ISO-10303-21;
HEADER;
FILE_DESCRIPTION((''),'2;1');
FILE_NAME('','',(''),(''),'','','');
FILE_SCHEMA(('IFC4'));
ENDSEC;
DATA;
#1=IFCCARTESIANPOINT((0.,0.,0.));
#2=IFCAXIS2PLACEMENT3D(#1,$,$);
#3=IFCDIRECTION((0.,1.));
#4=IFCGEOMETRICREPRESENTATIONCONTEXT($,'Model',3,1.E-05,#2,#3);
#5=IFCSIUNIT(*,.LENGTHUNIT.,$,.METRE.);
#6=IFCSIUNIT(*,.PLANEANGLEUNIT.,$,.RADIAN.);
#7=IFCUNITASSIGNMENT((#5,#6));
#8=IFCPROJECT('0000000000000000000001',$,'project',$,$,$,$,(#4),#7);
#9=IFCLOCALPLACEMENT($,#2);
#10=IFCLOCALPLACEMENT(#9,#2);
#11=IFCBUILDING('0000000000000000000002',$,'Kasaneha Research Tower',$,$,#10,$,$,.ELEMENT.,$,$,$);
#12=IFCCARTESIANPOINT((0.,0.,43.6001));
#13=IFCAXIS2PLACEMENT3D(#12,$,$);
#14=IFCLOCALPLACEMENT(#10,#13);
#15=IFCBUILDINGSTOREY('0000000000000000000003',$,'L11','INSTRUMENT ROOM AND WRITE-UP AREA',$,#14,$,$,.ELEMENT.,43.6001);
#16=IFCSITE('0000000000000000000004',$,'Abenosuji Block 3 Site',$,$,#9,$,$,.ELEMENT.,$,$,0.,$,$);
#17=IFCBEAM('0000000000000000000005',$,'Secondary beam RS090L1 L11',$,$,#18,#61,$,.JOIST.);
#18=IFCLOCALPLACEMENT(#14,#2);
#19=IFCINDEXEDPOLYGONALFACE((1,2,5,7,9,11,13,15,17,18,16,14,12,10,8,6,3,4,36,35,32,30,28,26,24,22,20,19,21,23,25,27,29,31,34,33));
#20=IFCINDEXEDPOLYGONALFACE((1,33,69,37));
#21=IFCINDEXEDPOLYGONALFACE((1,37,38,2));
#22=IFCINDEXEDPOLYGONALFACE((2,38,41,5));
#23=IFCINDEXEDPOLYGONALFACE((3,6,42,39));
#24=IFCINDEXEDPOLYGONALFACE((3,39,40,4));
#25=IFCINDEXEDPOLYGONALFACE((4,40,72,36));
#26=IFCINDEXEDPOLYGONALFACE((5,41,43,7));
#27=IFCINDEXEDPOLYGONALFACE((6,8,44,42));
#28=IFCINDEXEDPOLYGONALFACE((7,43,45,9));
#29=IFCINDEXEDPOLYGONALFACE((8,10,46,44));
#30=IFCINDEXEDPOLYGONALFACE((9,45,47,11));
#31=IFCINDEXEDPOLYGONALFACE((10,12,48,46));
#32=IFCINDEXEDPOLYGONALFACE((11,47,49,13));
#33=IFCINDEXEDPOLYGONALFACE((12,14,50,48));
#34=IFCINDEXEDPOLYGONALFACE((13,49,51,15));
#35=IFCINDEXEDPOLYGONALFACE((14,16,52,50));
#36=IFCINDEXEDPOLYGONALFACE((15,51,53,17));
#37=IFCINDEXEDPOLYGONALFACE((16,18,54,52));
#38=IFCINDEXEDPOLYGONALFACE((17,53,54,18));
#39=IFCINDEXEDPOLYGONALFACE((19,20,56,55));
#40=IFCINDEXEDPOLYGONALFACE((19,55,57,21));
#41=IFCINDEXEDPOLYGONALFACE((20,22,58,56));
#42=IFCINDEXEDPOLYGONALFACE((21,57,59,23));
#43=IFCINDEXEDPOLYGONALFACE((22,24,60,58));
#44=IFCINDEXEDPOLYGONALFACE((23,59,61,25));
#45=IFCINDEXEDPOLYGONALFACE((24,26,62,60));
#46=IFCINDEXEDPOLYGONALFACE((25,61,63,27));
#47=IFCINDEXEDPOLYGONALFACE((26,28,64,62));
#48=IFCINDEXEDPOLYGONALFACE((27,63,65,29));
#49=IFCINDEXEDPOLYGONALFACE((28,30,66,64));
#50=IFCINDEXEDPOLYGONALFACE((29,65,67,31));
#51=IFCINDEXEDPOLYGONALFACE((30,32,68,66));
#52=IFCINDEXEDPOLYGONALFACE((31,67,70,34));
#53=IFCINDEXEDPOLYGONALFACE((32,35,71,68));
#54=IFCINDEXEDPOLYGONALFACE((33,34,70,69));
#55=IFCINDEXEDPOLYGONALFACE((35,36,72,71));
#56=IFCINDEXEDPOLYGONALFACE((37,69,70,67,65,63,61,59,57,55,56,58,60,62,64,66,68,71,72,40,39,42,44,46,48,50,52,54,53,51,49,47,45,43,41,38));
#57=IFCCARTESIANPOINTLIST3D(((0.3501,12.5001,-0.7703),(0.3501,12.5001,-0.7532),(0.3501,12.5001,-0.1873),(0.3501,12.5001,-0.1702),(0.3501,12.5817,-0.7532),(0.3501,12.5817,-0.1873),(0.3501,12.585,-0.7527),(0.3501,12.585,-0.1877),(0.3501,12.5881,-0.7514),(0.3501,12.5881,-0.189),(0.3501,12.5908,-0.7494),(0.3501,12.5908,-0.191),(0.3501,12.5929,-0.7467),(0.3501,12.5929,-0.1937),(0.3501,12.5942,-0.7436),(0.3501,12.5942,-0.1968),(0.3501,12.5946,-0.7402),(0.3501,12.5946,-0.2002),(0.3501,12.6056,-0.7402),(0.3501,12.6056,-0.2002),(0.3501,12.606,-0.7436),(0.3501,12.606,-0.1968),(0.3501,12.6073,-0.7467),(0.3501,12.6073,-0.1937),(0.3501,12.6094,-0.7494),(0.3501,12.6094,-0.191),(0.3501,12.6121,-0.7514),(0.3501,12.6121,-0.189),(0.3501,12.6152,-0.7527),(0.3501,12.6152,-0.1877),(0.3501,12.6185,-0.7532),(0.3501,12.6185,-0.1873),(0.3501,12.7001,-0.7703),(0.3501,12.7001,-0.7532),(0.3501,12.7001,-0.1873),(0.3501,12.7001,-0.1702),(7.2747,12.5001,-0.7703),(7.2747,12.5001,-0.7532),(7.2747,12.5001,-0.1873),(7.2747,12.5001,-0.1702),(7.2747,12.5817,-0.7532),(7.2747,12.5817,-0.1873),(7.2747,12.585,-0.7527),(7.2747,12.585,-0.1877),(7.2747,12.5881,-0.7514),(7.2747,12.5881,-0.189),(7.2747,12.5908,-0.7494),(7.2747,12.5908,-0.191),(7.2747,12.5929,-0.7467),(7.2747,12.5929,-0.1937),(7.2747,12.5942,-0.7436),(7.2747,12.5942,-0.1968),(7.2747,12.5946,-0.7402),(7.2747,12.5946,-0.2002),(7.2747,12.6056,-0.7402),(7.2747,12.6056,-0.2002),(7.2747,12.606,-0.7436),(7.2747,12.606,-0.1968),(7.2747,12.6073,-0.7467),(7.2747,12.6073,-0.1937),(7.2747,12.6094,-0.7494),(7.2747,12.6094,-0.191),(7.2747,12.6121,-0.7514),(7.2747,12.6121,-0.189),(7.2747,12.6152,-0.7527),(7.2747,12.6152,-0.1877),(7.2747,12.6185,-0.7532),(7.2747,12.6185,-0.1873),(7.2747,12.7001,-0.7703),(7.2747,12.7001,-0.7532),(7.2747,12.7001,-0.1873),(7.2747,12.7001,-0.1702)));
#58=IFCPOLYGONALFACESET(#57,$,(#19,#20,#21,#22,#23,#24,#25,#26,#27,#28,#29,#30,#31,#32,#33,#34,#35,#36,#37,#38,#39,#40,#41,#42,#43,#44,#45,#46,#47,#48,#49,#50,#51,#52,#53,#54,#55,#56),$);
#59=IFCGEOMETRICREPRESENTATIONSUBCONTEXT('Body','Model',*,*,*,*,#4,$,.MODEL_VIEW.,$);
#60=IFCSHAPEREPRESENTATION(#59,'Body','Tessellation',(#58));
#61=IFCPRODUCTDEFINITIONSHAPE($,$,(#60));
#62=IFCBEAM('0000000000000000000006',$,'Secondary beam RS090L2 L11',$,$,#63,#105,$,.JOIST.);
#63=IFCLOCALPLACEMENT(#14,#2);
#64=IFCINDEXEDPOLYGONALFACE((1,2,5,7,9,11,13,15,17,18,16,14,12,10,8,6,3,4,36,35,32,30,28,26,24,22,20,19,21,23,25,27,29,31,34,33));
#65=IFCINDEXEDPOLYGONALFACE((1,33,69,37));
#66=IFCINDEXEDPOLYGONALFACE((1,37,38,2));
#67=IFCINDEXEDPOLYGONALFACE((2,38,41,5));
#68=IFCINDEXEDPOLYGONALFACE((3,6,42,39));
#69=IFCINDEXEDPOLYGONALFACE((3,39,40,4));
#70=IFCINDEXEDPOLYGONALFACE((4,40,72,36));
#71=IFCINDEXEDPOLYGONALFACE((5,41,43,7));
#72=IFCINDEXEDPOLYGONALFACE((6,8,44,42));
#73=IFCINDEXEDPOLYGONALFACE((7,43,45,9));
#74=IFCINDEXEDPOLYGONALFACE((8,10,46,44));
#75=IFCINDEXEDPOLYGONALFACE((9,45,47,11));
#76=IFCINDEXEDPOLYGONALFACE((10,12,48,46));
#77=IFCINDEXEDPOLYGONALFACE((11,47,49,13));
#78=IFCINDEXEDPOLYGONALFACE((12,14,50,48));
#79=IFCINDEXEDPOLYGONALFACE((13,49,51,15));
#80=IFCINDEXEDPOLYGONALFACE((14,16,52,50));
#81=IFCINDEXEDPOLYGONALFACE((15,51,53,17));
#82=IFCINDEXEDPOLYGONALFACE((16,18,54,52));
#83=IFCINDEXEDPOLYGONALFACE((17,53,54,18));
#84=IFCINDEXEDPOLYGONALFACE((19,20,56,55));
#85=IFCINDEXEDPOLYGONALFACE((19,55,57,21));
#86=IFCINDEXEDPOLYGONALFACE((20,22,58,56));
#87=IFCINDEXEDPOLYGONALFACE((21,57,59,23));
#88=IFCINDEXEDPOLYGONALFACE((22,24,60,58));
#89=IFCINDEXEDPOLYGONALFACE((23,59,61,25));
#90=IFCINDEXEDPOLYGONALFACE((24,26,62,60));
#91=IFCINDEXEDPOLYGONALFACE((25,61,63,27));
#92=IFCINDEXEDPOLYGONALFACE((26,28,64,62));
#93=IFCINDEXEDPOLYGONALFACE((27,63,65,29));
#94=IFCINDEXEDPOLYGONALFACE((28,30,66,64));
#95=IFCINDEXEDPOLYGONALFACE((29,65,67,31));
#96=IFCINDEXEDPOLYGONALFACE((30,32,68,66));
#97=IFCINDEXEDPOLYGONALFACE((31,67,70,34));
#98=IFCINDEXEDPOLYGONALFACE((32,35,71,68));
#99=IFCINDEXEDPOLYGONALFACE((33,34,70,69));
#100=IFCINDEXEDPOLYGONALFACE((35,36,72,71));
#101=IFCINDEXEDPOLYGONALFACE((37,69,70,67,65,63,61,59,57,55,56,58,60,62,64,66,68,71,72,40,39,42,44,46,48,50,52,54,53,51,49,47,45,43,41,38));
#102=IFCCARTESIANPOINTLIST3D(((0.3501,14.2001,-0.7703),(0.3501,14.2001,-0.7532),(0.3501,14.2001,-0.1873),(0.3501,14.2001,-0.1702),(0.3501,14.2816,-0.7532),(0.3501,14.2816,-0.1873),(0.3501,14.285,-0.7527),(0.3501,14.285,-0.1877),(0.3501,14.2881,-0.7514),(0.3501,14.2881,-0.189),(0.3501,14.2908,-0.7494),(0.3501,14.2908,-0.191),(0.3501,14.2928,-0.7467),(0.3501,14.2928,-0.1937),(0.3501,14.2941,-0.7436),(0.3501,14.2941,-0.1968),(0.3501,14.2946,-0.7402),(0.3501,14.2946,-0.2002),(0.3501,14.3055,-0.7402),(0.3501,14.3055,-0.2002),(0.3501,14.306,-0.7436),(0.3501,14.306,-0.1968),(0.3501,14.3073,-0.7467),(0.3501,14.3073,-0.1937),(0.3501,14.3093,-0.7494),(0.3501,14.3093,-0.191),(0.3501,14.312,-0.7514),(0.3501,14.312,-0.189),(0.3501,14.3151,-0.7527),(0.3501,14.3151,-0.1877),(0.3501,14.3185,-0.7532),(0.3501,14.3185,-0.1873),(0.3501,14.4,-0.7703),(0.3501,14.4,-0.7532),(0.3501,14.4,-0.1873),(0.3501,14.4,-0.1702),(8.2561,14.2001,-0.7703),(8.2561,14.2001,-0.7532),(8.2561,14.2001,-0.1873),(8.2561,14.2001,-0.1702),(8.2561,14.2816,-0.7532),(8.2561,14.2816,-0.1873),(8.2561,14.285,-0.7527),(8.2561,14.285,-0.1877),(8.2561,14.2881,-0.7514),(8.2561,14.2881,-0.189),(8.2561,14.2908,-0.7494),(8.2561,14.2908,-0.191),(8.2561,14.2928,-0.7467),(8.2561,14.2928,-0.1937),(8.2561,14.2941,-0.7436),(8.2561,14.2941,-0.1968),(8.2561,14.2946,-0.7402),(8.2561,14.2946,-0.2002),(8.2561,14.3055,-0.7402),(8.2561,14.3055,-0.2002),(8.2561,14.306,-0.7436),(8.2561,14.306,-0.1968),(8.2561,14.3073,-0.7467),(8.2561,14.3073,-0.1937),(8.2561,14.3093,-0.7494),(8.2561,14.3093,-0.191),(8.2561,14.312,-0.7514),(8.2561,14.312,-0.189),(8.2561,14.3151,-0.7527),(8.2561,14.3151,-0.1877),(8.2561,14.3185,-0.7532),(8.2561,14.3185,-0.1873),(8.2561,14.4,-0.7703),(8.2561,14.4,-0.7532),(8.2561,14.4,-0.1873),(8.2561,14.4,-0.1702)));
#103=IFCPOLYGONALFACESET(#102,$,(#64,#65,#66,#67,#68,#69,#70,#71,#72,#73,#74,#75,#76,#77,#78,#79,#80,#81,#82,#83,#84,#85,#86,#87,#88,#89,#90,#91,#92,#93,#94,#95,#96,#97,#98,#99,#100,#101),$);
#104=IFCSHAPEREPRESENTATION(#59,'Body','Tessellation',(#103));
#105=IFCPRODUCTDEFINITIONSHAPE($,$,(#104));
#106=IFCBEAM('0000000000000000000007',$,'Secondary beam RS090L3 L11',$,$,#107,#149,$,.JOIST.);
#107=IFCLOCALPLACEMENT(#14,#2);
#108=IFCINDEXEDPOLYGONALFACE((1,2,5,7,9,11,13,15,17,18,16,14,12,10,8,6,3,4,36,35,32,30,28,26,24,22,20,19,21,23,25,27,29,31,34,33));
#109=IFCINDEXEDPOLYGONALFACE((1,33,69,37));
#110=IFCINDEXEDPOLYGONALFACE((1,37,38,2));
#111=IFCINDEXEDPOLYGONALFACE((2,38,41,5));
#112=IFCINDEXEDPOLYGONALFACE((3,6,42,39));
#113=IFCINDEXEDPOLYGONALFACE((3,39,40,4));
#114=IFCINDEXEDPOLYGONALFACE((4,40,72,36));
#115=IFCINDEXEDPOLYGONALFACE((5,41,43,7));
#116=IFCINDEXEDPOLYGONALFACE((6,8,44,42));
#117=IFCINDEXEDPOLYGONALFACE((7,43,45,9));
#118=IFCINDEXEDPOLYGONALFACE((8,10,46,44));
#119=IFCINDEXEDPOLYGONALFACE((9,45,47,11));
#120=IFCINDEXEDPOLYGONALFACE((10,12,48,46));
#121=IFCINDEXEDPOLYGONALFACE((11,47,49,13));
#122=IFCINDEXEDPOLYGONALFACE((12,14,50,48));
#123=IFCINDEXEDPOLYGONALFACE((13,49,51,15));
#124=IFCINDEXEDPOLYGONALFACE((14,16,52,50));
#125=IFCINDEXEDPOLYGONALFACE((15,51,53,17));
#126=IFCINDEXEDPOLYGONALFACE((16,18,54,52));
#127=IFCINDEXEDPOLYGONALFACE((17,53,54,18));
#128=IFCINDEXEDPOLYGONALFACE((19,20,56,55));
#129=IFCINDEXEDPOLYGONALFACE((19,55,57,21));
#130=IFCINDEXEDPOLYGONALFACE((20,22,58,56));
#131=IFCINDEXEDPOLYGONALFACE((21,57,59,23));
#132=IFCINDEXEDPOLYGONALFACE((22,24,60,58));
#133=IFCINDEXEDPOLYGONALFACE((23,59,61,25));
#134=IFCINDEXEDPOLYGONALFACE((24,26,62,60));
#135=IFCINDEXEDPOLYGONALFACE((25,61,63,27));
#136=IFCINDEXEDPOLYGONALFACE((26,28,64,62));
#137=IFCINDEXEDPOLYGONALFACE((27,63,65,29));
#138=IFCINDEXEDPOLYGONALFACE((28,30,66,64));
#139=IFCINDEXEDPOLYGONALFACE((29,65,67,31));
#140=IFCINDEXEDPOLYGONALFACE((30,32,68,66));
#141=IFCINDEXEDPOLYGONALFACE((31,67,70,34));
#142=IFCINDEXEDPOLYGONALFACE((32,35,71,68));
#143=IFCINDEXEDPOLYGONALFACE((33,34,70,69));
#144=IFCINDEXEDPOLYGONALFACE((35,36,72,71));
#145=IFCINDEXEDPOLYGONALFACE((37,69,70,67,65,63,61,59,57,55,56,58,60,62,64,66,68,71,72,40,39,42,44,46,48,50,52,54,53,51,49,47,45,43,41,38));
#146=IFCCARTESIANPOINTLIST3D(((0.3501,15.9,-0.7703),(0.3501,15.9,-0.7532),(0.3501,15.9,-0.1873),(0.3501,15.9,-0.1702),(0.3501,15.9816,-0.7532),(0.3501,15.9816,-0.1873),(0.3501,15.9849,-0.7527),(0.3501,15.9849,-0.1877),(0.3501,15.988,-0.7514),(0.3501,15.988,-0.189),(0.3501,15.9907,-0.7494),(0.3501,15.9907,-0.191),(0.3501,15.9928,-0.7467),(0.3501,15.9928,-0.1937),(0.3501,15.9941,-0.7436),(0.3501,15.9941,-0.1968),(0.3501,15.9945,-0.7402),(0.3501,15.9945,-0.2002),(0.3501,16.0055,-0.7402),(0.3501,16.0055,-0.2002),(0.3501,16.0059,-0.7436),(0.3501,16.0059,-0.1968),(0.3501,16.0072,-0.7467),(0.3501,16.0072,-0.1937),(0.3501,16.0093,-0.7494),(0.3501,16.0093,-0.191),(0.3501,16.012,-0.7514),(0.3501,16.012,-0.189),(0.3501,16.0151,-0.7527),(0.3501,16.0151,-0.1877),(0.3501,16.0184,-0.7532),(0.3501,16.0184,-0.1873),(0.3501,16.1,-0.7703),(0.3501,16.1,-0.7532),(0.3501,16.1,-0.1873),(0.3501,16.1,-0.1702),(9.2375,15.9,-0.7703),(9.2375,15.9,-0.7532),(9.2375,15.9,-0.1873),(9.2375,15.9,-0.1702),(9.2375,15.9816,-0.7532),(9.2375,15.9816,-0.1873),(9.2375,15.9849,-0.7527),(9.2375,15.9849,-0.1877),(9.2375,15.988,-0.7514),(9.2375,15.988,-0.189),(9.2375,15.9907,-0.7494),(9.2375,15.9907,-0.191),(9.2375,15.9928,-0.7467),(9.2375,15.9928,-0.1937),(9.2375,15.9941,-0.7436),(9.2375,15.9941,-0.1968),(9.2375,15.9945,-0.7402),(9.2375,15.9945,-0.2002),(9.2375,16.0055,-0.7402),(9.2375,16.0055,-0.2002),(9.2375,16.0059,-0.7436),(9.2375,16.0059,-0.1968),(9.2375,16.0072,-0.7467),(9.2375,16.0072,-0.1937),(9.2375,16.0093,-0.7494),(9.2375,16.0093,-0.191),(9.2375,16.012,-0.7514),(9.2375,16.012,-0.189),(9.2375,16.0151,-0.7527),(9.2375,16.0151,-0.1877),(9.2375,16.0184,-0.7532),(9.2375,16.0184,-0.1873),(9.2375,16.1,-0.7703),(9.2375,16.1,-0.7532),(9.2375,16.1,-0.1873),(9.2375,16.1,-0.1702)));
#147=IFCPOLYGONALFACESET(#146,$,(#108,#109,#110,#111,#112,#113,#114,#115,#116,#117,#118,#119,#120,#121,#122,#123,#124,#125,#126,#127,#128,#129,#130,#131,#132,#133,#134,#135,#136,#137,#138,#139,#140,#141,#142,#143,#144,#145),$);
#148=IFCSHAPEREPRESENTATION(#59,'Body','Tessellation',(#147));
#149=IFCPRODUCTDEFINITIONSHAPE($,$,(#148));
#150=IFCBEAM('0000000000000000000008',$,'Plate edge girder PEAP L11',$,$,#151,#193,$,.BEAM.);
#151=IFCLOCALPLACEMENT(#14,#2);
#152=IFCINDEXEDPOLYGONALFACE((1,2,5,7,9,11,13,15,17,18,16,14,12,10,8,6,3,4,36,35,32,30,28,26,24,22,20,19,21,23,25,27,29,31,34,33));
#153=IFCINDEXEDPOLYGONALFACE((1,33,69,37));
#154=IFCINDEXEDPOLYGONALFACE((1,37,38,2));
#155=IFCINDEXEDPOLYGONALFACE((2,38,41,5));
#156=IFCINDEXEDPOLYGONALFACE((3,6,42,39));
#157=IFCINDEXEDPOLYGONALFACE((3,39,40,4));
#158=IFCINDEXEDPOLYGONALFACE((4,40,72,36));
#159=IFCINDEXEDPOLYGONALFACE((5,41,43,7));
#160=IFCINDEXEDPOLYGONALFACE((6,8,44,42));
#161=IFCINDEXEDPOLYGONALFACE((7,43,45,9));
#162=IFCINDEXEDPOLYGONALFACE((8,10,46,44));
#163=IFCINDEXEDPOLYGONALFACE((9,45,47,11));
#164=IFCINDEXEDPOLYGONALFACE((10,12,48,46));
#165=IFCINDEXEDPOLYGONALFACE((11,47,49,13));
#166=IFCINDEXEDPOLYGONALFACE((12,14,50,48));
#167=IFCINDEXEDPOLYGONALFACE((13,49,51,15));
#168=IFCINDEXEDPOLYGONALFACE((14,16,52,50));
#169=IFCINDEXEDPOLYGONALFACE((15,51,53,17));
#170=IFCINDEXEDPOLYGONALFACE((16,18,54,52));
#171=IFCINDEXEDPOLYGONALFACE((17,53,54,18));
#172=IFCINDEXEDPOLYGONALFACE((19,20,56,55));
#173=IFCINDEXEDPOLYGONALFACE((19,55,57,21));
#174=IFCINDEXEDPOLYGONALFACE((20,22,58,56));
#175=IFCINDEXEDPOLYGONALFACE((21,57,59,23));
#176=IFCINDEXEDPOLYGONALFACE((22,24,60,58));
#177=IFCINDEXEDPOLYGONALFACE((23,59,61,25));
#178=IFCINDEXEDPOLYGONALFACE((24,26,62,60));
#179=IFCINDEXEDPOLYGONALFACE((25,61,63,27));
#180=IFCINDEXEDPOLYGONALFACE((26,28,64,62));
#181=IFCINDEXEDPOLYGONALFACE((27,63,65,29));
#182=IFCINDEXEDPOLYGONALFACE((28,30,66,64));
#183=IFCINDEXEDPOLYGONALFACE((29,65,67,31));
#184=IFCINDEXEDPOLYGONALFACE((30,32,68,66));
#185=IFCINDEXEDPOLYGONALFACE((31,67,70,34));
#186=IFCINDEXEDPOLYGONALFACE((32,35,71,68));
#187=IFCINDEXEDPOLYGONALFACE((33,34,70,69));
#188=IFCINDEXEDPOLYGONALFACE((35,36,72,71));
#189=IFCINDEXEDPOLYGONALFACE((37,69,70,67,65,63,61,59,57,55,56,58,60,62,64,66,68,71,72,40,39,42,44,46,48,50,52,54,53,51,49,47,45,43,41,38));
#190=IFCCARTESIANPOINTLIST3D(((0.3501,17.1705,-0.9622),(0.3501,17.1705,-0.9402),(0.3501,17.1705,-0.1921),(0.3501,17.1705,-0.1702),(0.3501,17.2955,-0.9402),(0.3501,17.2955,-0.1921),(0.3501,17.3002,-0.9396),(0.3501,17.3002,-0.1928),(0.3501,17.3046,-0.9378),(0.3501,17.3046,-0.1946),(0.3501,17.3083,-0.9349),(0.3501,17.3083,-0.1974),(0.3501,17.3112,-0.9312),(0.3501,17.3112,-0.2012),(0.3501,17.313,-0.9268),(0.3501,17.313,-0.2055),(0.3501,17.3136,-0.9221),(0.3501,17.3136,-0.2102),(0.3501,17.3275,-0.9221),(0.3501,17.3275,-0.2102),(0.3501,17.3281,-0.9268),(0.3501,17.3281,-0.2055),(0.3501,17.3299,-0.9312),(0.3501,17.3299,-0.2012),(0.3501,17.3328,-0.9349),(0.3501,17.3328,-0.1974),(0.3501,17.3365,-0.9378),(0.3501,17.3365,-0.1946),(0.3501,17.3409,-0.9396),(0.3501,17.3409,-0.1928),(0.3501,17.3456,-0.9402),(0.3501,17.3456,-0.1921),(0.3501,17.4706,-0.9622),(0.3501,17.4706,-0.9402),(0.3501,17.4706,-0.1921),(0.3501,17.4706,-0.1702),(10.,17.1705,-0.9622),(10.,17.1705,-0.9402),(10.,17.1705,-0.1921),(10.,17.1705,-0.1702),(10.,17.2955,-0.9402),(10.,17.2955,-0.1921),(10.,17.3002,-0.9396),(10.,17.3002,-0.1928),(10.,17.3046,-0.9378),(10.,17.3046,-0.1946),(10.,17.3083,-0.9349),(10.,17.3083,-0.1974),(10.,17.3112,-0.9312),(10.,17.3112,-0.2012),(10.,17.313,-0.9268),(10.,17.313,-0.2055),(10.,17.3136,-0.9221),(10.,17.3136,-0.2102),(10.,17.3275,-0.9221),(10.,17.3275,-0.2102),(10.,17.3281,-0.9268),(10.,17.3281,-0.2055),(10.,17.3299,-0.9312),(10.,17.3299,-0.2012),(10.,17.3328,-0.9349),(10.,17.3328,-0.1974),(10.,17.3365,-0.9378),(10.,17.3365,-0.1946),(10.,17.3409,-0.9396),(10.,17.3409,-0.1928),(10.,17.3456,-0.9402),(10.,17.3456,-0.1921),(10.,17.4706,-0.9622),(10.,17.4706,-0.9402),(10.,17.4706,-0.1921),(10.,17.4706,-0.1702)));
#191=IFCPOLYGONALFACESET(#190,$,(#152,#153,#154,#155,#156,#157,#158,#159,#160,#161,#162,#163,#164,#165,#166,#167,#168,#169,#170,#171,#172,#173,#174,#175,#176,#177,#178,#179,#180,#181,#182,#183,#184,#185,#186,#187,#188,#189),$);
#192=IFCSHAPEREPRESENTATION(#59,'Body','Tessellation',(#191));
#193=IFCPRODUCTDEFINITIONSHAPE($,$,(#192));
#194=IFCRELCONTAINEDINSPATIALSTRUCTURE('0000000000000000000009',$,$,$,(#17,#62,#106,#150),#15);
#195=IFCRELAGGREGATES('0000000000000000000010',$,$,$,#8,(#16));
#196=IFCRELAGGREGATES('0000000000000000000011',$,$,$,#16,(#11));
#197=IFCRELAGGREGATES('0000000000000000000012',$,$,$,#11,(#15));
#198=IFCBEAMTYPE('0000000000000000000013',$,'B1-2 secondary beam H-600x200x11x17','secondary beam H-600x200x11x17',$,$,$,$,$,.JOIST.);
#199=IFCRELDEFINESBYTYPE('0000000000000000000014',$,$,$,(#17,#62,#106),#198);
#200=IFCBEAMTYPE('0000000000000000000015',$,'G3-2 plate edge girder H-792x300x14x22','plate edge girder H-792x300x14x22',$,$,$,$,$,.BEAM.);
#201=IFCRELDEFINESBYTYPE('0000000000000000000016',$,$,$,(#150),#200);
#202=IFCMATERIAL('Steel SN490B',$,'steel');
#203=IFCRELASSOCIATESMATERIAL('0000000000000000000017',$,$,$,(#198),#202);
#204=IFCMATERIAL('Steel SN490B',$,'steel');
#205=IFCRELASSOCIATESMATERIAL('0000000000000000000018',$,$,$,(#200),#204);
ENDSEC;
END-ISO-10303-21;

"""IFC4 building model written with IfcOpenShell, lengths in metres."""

from ifc_helpers import new_model, si_unit, direction, frame, origin, origin_2d, place, context, subcontext, project, spatial, i_section, extrude, material, material_profile, profile_set, type_object, element, save


model = new_model("IFC4")

# Units and contexts
model_context = context("Model", 3, precision=1e-05, world=origin(), true_north=direction((0.0, 1.0)))
body_context = subcontext(model_context, "Body", "Model", "MODEL_VIEW")
ifc_project = project(units=[si_unit("LENGTHUNIT", "METRE"), si_unit("PLANEANGLEUNIT", "RADIAN")], contexts=[model_context])

# Site, building, storey
site_placement = place(None, origin())
site = spatial("IfcSite", under=ifc_project, at=site_placement, Name="Abenosuji Block 3 Site", CompositionType="ELEMENT", RefElevation=0.0)
building_placement = place(site_placement, origin())
building = spatial("IfcBuilding", under=site, at=building_placement, Name="Kasaneha Research Tower", CompositionType="ELEMENT")
storey_placement = place(building_placement, frame((0.0, 0.0, 43.6001)))
storey = spatial("IfcBuildingStorey", under=building, at=storey_placement, Name="L11", Description="INSTRUMENT ROOM AND WRITE-UP AREA", CompositionType="ELEMENT", Elevation=43.6001)

# Beams
ifc_material_1 = material(Name="Steel SN490B", Category="steel")
ifc_material_profile_1 = material_profile(ifc_material_1, i_section(OverallWidth=0.2, OverallDepth=0.6001, WebThickness=0.011, FlangeThickness=0.0171, FilletRadius=0.0129, at=origin_2d()), Name="H-600x200x11x17")
ifc_profile_set_1 = profile_set([ifc_material_profile_1], Name="Steel SN490B")
beam_type_1 = type_object("IfcBeamType", Name="B1-2 secondary beam H-600x200x11x17", Description="secondary beam H-600x200x11x17", PredefinedType="JOIST", material=ifc_profile_set_1)
beam_1_placement = place(storey_placement, frame((7.2747, 12.6001, -0.4702), z_axis=(-1.0, 0.0, 0.0), x_axis=(0.0, -1.0, 0.0)))
element("IfcBeam", 1, at=beam_1_placement, inside=storey, type_object=beam_type_1, Name="Secondary beam RS090L1 L11", PredefinedType="JOIST", context=body_context, shape_type="SweptSolid", body=[
    extrude(i_section(OverallWidth=0.2, OverallDepth=0.6001, WebThickness=0.011, FlangeThickness=0.0171, FilletRadius=0.0129, at=origin_2d()), origin(), (0.0, 0.0, 1.0), 6.9246),
])
beam_2_placement = place(storey_placement, frame((8.2561, 14.3, -0.4702), z_axis=(-1.0, 0.0, 0.0), x_axis=(0.0, -1.0, 0.0)))
element("IfcBeam", 2, at=beam_2_placement, inside=storey, type_object=beam_type_1, Name="Secondary beam RS090L2 L11", PredefinedType="JOIST", context=body_context, shape_type="SweptSolid", body=[
    extrude(i_section(OverallWidth=0.2, OverallDepth=0.6001, WebThickness=0.011, FlangeThickness=0.0171, FilletRadius=0.0129, at=origin_2d()), origin(), (0.0, 0.0, 1.0), 7.906),
])
beam_3_placement = place(storey_placement, frame((9.2375, 16.0, -0.4702), z_axis=(-1.0, 0.0, 0.0), x_axis=(0.0, -1.0, 0.0)))
element("IfcBeam", 3, at=beam_3_placement, inside=storey, type_object=beam_type_1, Name="Secondary beam RS090L3 L11", PredefinedType="JOIST", context=body_context, shape_type="SweptSolid", body=[
    extrude(i_section(OverallWidth=0.2, OverallDepth=0.6001, WebThickness=0.011, FlangeThickness=0.0171, FilletRadius=0.0129, at=origin_2d()), origin(), (0.0, 0.0, 1.0), 8.8875),
])
ifc_material_2 = material(Name="Steel SN490B", Category="steel")
ifc_material_profile_2 = material_profile(ifc_material_2, i_section(OverallWidth=0.3, OverallDepth=0.792, WebThickness=0.0139, FlangeThickness=0.022, FilletRadius=0.0181, at=origin_2d()), Name="H-792x300x14x22")
ifc_profile_set_2 = profile_set([ifc_material_profile_2], Name="Steel SN490B")
beam_type_2 = type_object("IfcBeamType", Name="G3-2 plate edge girder H-792x300x14x22", Description="plate edge girder H-792x300x14x22", PredefinedType="BEAM", material=ifc_profile_set_2)
beam_4_placement = place(storey_placement, frame((10.0, 17.3206, -0.5662), z_axis=(-1.0, 0.0, 0.0), x_axis=(0.0, -1.0, 0.0)))
element("IfcBeam", 4, at=beam_4_placement, inside=storey, type_object=beam_type_2, Name="Plate edge girder PEAP L11", PredefinedType="BEAM", context=body_context, shape_type="SweptSolid", body=[
    extrude(i_section(OverallWidth=0.3, OverallDepth=0.792, WebThickness=0.0139, FlangeThickness=0.022, FilletRadius=0.0181, at=origin_2d()), origin(), (0.0, 0.0, 1.0), 9.6499),
])

save(model, "model.ifc")
